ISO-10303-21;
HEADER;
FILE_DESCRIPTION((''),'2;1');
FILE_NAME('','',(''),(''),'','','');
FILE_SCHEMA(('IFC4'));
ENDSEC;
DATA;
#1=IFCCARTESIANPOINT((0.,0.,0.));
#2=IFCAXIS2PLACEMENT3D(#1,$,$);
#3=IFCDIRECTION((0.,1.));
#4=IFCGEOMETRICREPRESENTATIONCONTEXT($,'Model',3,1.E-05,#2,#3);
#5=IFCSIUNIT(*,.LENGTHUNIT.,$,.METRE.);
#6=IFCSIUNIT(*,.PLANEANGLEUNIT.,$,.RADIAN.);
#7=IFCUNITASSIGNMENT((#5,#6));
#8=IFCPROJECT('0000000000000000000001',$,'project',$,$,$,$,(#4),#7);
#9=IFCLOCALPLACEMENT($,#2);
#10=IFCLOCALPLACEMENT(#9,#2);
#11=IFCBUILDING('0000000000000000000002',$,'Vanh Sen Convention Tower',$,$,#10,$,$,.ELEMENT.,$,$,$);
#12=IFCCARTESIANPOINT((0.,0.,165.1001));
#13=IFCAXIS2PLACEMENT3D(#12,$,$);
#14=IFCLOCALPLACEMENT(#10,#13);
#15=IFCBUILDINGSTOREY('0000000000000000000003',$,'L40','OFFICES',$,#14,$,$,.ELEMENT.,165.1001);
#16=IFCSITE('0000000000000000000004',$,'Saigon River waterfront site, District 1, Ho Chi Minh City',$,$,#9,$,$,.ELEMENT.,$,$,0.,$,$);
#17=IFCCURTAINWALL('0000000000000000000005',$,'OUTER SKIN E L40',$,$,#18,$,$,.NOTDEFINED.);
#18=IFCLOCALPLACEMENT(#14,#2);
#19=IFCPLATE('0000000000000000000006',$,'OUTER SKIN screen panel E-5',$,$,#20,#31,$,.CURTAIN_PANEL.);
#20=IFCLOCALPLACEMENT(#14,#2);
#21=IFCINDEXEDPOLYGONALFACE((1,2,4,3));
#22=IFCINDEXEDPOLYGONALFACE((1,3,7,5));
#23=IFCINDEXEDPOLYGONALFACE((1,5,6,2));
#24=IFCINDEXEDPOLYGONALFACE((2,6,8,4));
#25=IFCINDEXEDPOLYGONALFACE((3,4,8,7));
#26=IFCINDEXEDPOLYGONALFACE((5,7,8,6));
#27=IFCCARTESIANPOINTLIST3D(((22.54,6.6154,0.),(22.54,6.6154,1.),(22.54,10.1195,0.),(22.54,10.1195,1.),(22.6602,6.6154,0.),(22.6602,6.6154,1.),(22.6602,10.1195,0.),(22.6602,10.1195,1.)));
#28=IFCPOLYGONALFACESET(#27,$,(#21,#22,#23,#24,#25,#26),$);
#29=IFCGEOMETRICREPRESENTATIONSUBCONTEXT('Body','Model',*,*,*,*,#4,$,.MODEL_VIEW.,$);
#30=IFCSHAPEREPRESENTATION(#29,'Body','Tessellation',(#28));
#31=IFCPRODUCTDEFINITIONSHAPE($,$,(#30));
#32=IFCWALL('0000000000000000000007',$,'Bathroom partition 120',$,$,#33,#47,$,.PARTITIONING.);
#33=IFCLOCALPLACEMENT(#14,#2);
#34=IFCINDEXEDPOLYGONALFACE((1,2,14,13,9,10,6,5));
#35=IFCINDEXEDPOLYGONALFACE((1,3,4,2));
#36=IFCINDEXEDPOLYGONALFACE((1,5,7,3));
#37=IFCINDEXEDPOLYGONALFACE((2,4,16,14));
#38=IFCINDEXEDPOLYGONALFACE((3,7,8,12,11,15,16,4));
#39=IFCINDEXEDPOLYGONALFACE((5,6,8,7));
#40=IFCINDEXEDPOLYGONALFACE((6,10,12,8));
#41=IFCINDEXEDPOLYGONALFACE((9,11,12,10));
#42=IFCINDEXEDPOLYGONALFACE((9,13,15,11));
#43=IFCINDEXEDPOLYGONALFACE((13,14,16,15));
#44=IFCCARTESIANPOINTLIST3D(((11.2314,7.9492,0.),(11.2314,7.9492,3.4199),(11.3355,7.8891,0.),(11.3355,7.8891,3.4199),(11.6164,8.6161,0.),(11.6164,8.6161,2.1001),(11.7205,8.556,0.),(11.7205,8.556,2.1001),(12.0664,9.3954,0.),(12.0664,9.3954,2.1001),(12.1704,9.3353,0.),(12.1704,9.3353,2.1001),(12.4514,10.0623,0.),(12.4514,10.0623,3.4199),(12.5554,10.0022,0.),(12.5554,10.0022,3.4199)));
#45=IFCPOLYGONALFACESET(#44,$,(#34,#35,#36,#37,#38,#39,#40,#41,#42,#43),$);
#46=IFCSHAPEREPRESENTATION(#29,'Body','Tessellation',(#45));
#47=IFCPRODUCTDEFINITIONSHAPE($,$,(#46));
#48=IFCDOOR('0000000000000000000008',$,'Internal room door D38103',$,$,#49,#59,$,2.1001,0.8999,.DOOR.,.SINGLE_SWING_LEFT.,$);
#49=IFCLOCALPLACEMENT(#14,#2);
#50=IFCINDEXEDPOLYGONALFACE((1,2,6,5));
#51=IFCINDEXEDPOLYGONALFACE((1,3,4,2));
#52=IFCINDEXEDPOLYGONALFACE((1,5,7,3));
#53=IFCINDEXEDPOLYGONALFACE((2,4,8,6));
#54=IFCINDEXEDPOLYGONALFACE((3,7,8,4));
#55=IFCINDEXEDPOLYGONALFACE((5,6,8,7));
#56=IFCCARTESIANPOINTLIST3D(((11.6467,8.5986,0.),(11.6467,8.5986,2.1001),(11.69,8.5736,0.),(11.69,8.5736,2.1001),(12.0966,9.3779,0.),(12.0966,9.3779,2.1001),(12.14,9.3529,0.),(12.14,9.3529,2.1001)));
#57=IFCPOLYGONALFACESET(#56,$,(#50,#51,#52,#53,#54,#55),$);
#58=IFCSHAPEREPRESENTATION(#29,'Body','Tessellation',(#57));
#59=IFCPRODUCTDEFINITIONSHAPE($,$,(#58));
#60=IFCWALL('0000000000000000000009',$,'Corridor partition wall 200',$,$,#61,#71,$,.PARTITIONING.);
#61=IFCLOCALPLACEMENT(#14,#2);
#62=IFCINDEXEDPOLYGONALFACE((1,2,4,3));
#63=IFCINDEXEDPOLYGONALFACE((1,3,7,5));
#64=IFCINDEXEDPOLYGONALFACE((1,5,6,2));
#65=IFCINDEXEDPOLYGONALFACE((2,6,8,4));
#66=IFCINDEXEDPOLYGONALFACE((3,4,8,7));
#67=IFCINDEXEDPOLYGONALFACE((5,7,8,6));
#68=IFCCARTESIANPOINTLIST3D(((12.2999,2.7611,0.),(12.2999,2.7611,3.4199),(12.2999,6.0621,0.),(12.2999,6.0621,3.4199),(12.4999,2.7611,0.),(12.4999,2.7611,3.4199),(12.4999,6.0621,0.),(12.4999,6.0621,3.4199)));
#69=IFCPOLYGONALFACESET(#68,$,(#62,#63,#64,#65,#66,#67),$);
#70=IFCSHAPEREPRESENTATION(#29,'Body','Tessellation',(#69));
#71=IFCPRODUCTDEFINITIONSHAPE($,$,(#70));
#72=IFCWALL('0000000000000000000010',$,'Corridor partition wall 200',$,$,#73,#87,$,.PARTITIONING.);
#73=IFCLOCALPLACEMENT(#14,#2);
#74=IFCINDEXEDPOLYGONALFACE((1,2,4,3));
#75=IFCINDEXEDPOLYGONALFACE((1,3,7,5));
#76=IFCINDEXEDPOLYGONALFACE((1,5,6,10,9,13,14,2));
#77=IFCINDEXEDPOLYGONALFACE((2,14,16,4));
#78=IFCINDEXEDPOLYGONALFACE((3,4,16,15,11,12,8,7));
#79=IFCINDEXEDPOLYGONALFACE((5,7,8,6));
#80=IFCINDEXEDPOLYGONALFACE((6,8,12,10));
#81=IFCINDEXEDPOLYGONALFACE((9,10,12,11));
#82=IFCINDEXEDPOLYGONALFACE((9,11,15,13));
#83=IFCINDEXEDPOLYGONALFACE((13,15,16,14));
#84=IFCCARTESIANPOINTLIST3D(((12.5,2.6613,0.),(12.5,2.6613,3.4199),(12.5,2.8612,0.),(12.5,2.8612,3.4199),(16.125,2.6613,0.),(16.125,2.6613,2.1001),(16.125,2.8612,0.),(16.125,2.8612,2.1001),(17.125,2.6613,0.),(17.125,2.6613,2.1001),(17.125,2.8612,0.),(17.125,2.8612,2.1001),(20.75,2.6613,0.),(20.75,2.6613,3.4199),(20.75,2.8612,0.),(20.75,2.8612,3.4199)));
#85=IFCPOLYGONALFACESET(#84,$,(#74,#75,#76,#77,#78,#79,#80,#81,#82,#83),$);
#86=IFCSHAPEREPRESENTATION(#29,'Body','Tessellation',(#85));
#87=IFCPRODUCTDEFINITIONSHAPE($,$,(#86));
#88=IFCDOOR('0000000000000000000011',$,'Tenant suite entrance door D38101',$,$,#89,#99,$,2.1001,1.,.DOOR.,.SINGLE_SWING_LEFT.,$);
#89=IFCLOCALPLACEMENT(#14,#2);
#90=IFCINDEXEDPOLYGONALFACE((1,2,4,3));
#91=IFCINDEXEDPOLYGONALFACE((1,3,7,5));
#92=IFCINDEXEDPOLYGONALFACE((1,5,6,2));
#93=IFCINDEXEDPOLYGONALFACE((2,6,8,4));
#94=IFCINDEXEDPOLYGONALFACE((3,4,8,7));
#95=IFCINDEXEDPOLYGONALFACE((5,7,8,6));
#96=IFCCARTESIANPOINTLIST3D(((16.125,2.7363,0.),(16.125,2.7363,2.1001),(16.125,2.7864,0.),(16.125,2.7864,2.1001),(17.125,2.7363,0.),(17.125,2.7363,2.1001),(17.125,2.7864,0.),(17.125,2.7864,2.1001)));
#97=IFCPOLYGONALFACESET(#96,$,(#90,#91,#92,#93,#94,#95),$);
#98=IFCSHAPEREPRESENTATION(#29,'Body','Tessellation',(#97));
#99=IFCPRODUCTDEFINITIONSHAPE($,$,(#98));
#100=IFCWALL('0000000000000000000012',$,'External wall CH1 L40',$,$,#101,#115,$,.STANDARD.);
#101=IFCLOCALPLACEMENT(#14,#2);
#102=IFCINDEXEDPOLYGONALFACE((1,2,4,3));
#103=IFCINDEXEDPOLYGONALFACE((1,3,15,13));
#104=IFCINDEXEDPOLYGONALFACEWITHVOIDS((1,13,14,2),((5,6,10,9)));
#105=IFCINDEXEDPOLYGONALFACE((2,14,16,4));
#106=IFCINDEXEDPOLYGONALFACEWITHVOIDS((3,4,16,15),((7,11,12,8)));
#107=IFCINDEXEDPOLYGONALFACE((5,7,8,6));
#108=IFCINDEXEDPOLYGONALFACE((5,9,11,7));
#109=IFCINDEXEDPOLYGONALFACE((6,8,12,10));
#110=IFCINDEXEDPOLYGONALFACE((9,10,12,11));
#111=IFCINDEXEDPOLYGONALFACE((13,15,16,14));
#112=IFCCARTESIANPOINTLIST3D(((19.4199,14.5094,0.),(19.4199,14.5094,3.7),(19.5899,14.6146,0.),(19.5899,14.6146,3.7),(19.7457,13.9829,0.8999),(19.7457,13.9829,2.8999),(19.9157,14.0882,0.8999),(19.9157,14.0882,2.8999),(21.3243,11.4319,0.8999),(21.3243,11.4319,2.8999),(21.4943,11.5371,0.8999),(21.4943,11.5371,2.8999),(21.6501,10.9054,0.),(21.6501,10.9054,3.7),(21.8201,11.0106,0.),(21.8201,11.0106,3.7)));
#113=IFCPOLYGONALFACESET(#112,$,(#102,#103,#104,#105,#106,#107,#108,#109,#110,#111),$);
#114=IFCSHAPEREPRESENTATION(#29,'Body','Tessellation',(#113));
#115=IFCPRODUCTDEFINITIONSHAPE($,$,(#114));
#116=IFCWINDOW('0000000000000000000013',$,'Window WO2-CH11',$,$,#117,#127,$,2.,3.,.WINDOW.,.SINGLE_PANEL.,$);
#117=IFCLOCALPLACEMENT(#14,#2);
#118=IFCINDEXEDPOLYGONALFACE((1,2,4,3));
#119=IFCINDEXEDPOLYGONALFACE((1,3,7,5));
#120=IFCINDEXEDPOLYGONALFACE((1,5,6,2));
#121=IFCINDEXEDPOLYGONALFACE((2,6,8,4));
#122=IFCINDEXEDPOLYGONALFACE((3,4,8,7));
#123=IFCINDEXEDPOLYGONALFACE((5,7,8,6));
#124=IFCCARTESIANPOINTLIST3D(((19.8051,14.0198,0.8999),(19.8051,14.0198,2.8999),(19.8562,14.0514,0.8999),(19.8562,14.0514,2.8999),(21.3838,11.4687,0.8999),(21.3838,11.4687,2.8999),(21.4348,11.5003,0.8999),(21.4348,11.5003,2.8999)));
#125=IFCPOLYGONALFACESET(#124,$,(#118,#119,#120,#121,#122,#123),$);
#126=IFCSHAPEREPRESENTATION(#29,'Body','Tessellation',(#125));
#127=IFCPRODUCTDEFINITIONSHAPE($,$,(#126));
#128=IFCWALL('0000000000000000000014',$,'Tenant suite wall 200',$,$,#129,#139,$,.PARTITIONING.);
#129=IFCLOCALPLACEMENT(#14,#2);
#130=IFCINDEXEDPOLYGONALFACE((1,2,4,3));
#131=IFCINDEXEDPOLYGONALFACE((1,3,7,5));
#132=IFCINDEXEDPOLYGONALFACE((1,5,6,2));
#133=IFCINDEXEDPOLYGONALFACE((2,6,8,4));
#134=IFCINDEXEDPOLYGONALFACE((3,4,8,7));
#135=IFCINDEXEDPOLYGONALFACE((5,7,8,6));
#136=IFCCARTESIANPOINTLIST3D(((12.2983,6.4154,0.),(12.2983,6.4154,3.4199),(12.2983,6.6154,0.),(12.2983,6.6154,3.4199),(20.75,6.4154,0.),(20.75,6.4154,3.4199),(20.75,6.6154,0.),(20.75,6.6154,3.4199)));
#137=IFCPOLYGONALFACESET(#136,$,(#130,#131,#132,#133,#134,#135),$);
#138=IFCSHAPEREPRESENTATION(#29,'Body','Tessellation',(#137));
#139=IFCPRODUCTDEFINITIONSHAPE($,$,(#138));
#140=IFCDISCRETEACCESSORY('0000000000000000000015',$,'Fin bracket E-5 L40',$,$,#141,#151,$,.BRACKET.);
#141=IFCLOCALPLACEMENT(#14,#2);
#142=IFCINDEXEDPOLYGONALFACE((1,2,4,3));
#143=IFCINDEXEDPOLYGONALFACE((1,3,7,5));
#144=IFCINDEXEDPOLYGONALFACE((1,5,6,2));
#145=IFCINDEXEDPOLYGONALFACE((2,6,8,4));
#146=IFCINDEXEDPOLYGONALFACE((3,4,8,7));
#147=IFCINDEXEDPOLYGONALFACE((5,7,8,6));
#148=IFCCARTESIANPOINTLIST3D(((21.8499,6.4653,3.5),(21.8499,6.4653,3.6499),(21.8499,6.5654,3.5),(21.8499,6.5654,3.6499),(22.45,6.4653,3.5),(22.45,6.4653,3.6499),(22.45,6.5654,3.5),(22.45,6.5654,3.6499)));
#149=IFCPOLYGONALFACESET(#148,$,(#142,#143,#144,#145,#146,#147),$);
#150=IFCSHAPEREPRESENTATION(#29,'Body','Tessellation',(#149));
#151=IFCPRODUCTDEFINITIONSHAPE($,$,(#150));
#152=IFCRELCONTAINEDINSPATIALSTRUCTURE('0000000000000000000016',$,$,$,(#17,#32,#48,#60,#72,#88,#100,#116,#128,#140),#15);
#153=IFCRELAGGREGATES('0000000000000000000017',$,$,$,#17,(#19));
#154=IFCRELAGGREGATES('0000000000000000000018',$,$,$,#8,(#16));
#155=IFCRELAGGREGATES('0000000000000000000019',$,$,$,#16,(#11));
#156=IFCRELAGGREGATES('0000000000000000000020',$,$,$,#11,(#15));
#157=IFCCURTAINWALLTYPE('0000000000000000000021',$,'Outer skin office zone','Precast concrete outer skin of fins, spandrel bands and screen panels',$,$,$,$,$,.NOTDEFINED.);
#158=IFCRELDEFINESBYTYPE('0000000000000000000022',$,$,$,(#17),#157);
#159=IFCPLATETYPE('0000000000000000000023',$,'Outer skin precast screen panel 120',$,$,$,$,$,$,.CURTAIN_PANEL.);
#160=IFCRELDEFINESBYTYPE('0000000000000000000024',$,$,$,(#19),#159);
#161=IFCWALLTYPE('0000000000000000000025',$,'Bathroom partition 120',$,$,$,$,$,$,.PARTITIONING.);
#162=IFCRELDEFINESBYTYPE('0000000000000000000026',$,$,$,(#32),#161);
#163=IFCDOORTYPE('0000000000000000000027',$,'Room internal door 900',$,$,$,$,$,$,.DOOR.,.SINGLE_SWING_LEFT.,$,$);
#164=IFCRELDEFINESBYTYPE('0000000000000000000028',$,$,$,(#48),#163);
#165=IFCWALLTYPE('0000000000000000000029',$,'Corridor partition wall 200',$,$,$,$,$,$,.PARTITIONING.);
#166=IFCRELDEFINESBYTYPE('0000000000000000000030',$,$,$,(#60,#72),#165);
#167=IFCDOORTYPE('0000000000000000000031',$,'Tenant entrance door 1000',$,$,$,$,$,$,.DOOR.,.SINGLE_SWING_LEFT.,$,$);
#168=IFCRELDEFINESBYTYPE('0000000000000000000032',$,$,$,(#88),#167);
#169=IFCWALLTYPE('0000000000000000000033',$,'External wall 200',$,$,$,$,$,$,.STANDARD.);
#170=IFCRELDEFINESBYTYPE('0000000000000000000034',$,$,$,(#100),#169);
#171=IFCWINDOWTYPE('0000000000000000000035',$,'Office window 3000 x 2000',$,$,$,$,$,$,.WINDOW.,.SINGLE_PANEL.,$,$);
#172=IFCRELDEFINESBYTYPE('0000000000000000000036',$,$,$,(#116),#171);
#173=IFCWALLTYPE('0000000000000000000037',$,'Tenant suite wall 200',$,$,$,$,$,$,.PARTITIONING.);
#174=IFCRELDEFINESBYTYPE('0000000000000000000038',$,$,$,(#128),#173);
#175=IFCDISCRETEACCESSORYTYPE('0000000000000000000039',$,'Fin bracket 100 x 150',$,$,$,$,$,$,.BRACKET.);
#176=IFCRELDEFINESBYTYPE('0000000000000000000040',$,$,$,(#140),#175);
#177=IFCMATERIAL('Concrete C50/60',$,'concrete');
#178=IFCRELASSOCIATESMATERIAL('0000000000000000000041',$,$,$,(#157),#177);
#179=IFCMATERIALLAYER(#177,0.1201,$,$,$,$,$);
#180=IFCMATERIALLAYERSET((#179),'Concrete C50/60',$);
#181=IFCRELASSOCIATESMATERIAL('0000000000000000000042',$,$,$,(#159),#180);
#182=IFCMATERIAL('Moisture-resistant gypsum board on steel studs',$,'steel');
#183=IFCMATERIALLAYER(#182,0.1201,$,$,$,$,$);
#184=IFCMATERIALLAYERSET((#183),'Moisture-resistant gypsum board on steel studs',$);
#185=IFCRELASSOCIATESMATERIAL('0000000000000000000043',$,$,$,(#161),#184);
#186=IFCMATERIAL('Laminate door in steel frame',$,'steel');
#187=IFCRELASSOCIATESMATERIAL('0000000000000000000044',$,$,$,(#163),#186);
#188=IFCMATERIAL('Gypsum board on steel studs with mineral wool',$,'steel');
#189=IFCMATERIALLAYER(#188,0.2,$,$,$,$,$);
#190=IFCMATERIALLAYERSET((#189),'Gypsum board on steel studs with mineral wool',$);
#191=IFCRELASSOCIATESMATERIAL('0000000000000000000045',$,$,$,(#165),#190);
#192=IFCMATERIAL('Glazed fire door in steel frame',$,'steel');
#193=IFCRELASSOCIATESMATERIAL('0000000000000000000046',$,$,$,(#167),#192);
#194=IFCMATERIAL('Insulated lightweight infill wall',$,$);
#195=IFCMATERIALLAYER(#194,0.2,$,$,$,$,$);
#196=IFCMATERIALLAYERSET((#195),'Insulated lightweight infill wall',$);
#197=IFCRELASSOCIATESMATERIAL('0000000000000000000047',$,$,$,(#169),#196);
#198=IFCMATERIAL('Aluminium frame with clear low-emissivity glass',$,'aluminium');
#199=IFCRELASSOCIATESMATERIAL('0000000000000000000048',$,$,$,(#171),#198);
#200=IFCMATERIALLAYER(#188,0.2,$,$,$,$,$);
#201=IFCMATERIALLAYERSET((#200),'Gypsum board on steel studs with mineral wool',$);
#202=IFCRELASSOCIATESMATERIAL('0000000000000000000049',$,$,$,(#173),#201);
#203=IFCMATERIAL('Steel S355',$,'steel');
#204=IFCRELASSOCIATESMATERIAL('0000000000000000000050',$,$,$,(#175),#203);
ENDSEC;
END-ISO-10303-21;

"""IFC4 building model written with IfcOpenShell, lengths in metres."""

from ifc_helpers import new_model, si_unit, direction, frame, frame_2d, origin, origin_2d, place, context, subcontext, project, spatial, rectangle, extrude, material, layer, layer_set, type_object, element, fill, aggregate, save


model = new_model("IFC4")

# Units and contexts
model_context = context("Model", 3, precision=1e-05, world=origin(), true_north=direction((0.0, 1.0)))
body_context = subcontext(model_context, "Body", "Model", "MODEL_VIEW")
ifc_project = project(units=[si_unit("LENGTHUNIT", "METRE"), si_unit("PLANEANGLEUNIT", "RADIAN")], contexts=[model_context])

# Site, building, storey
site_placement = place(None, origin())
site = spatial("IfcSite", under=ifc_project, at=site_placement, Name="Saigon River waterfront site, District 1, Ho Chi Minh City", CompositionType="ELEMENT", RefElevation=0.0)
building_placement = place(site_placement, origin())
building = spatial("IfcBuilding", under=site, at=building_placement, Name="Vanh Sen Convention Tower", CompositionType="ELEMENT")
storey_placement = place(building_placement, frame((0.0, 0.0, 165.1001)))
storey = spatial("IfcBuildingStorey", under=building, at=storey_placement, Name="L40", Description="OFFICES", CompositionType="ELEMENT", Elevation=165.1001)

# Curtain wall
ifc_material_1 = material(Name="Concrete C50/60", Category="concrete")
curtain_wall_type = type_object("IfcCurtainWallType", Name="Outer skin office zone", Description="Precast concrete outer skin of fins, spandrel bands and screen panels", PredefinedType="NOTDEFINED", material=ifc_material_1)
curtain_wall_1_placement = place(storey_placement, origin())
curtain_wall_1 = element("IfcCurtainWall", 1, at=curtain_wall_1_placement, inside=storey, type_object=curtain_wall_type, Name="OUTER SKIN E L40", PredefinedType="NOTDEFINED")

# Plate
ifc_layer_1 = layer(ifc_material_1, 0.1201)
ifc_layer_set_1 = layer_set([ifc_layer_1], Name="Concrete C50/60")
plate_type = type_object("IfcPlateType", Name="Outer skin precast screen panel 120", PredefinedType="CURTAIN_PANEL", material=ifc_layer_set_1)
plate_1_placement = place(storey_placement, frame((22.6001, 8.3674, 0.0), z_axis=(0.0, 0.0, 1.0), x_axis=(0.0, 1.0, 0.0)))
plate_1 = element("IfcPlate", 2, at=plate_1_placement, type_object=plate_type, Name="OUTER SKIN screen panel E-5", PredefinedType="CURTAIN_PANEL", context=body_context, shape_type="SweptSolid", body=[
    extrude(rectangle(XDim=3.5042, YDim=0.1201, at=origin_2d()), origin(), (0.0, 0.0, 1.0), 1.0),
])
aggregate(curtain_wall_1, [plate_1])

# Wall, opening, door
ifc_material_2 = material(Name="Moisture-resistant gypsum board on steel studs", Category="steel")
ifc_layer_2 = layer(ifc_material_2, 0.1201)
ifc_layer_set_2 = layer_set([ifc_layer_2], Name="Moisture-resistant gypsum board on steel studs")
wall_type_1 = type_object("IfcWallType", Name="Bathroom partition 120", PredefinedType="PARTITIONING", material=ifc_layer_set_2)
wall_1_placement = place(storey_placement, frame((12.5034, 10.0322, 0.0), z_axis=(0.0, 0.0, 1.0), x_axis=(-0.500003, -0.866024, 0.0)))
wall_1 = element("IfcWall", 3, at=wall_1_placement, inside=storey, type_object=wall_type_1, Name="Bathroom partition 120", PredefinedType="PARTITIONING", context=body_context, shape_type="SweptSolid", body=[
    extrude(rectangle(XDim=2.4399, YDim=0.1201, at=frame_2d((1.22, 0.0))), origin(), (0.0, 0.0, 1.0), 3.4199),
])
opening_1_placement = place(wall_1_placement, frame((0.77, 0.0, 0.0)))
opening_1 = element("IfcOpeningElement", 4, at=opening_1_placement, cuts=wall_1, PredefinedType="OPENING", context=body_context, shape_type="SweptSolid", body=[
    extrude(rectangle(XDim=0.8999, YDim=2.1001, at=frame_2d((0.45, 1.05))), frame((0.0, 0.0701, 0.0), z_axis=(0.0, -1.0, 0.0), x_axis=(1.0, 0.0, 0.0)), (0.0, 0.0, 1.0), 0.1401),
])
ifc_material_3 = material(Name="Laminate door in steel frame", Category="steel")
door_type_1 = type_object("IfcDoorType", Name="Room internal door 900", OperationType="SINGLE_SWING_LEFT", PredefinedType="DOOR", material=ifc_material_3)
door_1_placement = place(opening_1_placement, origin())
door_1 = element("IfcDoor", 5, at=door_1_placement, inside=storey, type_object=door_type_1, Name="Internal room door D38103", OperationType="SINGLE_SWING_LEFT", OverallHeight=2.1001, OverallWidth=0.8999, PredefinedType="DOOR", context=body_context, shape_type="SweptSolid", body=[
    extrude(rectangle(XDim=0.8999, YDim=2.1001, at=frame_2d((0.45, 1.05))), frame((0.0, 0.0249, 0.0), z_axis=(0.0, -1.0, 0.0), x_axis=(1.0, 0.0, 0.0)), (0.0, 0.0, 1.0), 0.05),
])
fill(opening_1, door_1)

# Wall
ifc_material_4 = material(Name="Gypsum board on steel studs with mineral wool", Category="steel")
ifc_layer_3 = layer(ifc_material_4, 0.2)
ifc_layer_set_3 = layer_set([ifc_layer_3], Name="Gypsum board on steel studs with mineral wool")
wall_type_2 = type_object("IfcWallType", Name="Corridor partition wall 200", PredefinedType="PARTITIONING", material=ifc_layer_set_3)
wall_2_placement = place(storey_placement, frame((12.3999, 2.7612, 0.0), z_axis=(0.0, 0.0, 1.0), x_axis=(0.0, 1.0, 0.0)))
element("IfcWall", 6, at=wall_2_placement, inside=storey, type_object=wall_type_2, Name="Corridor partition wall 200", PredefinedType="PARTITIONING", context=body_context, shape_type="SweptSolid", body=[
    extrude(rectangle(XDim=3.301, YDim=0.2, at=frame_2d((1.6504, 0.0))), origin(), (0.0, 0.0, 1.0), 3.4199),
])

# Wall, opening, door
wall_3_placement = place(storey_placement, frame((20.75, 2.7612, 0.0), z_axis=(0.0, 0.0, 1.0), x_axis=(-1.0, 0.0, 0.0)))
wall_3 = element("IfcWall", 7, at=wall_3_placement, inside=storey, type_object=wall_type_2, Name="Corridor partition wall 200", PredefinedType="PARTITIONING", context=body_context, shape_type="SweptSolid", body=[
    extrude(rectangle(XDim=8.25, YDim=0.2, at=frame_2d((4.125, 0.0))), origin(), (0.0, 0.0, 1.0), 3.4199),
])
opening_2_placement = place(wall_3_placement, frame((3.625, 0.0, 0.0)))
opening_2 = element("IfcOpeningElement", 8, at=opening_2_placement, cuts=wall_3, PredefinedType="OPENING", context=body_context, shape_type="SweptSolid", body=[
    extrude(rectangle(XDim=1.0, YDim=2.1001, at=frame_2d((0.5, 1.05))), frame((0.0, 0.1099, 0.0), z_axis=(0.0, -1.0, 0.0), x_axis=(1.0, 0.0, 0.0)), (0.0, 0.0, 1.0), 0.22),
])
ifc_material_5 = material(Name="Glazed fire door in steel frame", Category="steel")
door_type_2 = type_object("IfcDoorType", Name="Tenant entrance door 1000", OperationType="SINGLE_SWING_LEFT", PredefinedType="DOOR", material=ifc_material_5)
door_2_placement = place(opening_2_placement, origin())
door_2 = element("IfcDoor", 9, at=door_2_placement, inside=storey, type_object=door_type_2, Name="Tenant suite entrance door D38101", OperationType="SINGLE_SWING_LEFT", OverallHeight=2.1001, OverallWidth=1.0, PredefinedType="DOOR", context=body_context, shape_type="SweptSolid", body=[
    extrude(rectangle(XDim=1.0, YDim=2.1001, at=frame_2d((0.5, 1.05))), frame((0.0, 0.0249, 0.0), z_axis=(0.0, -1.0, 0.0), x_axis=(1.0, 0.0, 0.0)), (0.0, 0.0, 1.0), 0.05),
])
fill(opening_2, door_2)

# Wall, opening, window
ifc_material_6 = material(Name="Insulated lightweight infill wall")
ifc_layer_4 = layer(ifc_material_6, 0.2)
ifc_layer_set_4 = layer_set([ifc_layer_4], Name="Insulated lightweight infill wall")
wall_type_3 = type_object("IfcWallType", Name="External wall 200", PredefinedType="STANDARD", material=ifc_layer_set_4)
wall_4_placement = place(storey_placement, frame((21.7351, 10.958, 0.0), z_axis=(0.0, 0.0, 1.0), x_axis=(-0.526214, 0.850352, 0.0)))
wall_4 = element("IfcWall", 10, at=wall_4_placement, inside=storey, type_object=wall_type_3, Name="External wall CH1 L40", PredefinedType="STANDARD", context=body_context, shape_type="SweptSolid", body=[
    extrude(rectangle(XDim=4.2383, YDim=0.2, at=frame_2d((2.1191, 0.0))), origin(), (0.0, 0.0, 1.0), 3.7),
])
opening_3_placement = place(wall_4_placement, frame((0.6191, 0.0, 0.8999)))
opening_3 = element("IfcOpeningElement", 11, at=opening_3_placement, cuts=wall_4, PredefinedType="OPENING", context=body_context, shape_type="SweptSolid", body=[
    extrude(rectangle(XDim=3.0, YDim=2.0, at=frame_2d((1.5, 1.0))), frame((0.0, 0.1099, 0.0), z_axis=(0.0, -1.0, 0.0), x_axis=(1.0, 0.0, 0.0)), (0.0, 0.0, 1.0), 0.22),
])
ifc_material_7 = material(Name="Aluminium frame with clear low-emissivity glass", Category="aluminium")
window_type = type_object("IfcWindowType", Name="Office window 3000 x 2000", PartitioningType="SINGLE_PANEL", PredefinedType="WINDOW", material=ifc_material_7)
window_placement = place(opening_3_placement, origin())
window = element("IfcWindow", 12, at=window_placement, inside=storey, type_object=window_type, Name="Window WO2-CH11", OverallHeight=2.0, OverallWidth=3.0, PartitioningType="SINGLE_PANEL", PredefinedType="WINDOW", context=body_context, shape_type="SweptSolid", body=[
    extrude(rectangle(XDim=3.0, YDim=2.0, at=frame_2d((1.5, 1.0))), frame((0.0, 0.03, 0.0), z_axis=(0.0, -1.0, 0.0), x_axis=(1.0, 0.0, 0.0)), (0.0, 0.0, 1.0), 0.0601),
])
fill(opening_3, window)

# Wall
ifc_layer_5 = layer(ifc_material_4, 0.2)
ifc_layer_set_5 = layer_set([ifc_layer_5], Name="Gypsum board on steel studs with mineral wool")
wall_type_4 = type_object("IfcWallType", Name="Tenant suite wall 200", PredefinedType="PARTITIONING", material=ifc_layer_set_5)
wall_5_placement = place(storey_placement, frame((20.75, 6.5154, 0.0), z_axis=(0.0, 0.0, 1.0), x_axis=(-1.0, 0.0, 0.0)))
element("IfcWall", 13, at=wall_5_placement, inside=storey, type_object=wall_type_4, Name="Tenant suite wall 200", PredefinedType="PARTITIONING", context=body_context, shape_type="SweptSolid", body=[
    extrude(rectangle(XDim=8.4517, YDim=0.2, at=frame_2d((4.2258, 0.0))), origin(), (0.0, 0.0, 1.0), 3.4199),
])

# Discrete accessory
ifc_material_8 = material(Name="Steel S355", Category="steel")
discrete_accessory_type = type_object("IfcDiscreteAccessoryType", Name="Fin bracket 100 x 150", PredefinedType="BRACKET", material=ifc_material_8)
discrete_accessory_placement = place(storey_placement, frame((22.1499, 6.5154, 3.5), z_axis=(0.0, 0.0, 1.0), x_axis=(1.0, 0.0, 0.0)))
element("IfcDiscreteAccessory", 14, at=discrete_accessory_placement, inside=storey, type_object=discrete_accessory_type, Name="Fin bracket E-5 L40", PredefinedType="BRACKET", context=body_context, shape_type="SweptSolid", body=[
    extrude(rectangle(XDim=0.6001, YDim=0.1001, at=origin_2d()), origin(), (0.0, 0.0, 1.0), 0.1499),
])

save(model, "model.ifc")
